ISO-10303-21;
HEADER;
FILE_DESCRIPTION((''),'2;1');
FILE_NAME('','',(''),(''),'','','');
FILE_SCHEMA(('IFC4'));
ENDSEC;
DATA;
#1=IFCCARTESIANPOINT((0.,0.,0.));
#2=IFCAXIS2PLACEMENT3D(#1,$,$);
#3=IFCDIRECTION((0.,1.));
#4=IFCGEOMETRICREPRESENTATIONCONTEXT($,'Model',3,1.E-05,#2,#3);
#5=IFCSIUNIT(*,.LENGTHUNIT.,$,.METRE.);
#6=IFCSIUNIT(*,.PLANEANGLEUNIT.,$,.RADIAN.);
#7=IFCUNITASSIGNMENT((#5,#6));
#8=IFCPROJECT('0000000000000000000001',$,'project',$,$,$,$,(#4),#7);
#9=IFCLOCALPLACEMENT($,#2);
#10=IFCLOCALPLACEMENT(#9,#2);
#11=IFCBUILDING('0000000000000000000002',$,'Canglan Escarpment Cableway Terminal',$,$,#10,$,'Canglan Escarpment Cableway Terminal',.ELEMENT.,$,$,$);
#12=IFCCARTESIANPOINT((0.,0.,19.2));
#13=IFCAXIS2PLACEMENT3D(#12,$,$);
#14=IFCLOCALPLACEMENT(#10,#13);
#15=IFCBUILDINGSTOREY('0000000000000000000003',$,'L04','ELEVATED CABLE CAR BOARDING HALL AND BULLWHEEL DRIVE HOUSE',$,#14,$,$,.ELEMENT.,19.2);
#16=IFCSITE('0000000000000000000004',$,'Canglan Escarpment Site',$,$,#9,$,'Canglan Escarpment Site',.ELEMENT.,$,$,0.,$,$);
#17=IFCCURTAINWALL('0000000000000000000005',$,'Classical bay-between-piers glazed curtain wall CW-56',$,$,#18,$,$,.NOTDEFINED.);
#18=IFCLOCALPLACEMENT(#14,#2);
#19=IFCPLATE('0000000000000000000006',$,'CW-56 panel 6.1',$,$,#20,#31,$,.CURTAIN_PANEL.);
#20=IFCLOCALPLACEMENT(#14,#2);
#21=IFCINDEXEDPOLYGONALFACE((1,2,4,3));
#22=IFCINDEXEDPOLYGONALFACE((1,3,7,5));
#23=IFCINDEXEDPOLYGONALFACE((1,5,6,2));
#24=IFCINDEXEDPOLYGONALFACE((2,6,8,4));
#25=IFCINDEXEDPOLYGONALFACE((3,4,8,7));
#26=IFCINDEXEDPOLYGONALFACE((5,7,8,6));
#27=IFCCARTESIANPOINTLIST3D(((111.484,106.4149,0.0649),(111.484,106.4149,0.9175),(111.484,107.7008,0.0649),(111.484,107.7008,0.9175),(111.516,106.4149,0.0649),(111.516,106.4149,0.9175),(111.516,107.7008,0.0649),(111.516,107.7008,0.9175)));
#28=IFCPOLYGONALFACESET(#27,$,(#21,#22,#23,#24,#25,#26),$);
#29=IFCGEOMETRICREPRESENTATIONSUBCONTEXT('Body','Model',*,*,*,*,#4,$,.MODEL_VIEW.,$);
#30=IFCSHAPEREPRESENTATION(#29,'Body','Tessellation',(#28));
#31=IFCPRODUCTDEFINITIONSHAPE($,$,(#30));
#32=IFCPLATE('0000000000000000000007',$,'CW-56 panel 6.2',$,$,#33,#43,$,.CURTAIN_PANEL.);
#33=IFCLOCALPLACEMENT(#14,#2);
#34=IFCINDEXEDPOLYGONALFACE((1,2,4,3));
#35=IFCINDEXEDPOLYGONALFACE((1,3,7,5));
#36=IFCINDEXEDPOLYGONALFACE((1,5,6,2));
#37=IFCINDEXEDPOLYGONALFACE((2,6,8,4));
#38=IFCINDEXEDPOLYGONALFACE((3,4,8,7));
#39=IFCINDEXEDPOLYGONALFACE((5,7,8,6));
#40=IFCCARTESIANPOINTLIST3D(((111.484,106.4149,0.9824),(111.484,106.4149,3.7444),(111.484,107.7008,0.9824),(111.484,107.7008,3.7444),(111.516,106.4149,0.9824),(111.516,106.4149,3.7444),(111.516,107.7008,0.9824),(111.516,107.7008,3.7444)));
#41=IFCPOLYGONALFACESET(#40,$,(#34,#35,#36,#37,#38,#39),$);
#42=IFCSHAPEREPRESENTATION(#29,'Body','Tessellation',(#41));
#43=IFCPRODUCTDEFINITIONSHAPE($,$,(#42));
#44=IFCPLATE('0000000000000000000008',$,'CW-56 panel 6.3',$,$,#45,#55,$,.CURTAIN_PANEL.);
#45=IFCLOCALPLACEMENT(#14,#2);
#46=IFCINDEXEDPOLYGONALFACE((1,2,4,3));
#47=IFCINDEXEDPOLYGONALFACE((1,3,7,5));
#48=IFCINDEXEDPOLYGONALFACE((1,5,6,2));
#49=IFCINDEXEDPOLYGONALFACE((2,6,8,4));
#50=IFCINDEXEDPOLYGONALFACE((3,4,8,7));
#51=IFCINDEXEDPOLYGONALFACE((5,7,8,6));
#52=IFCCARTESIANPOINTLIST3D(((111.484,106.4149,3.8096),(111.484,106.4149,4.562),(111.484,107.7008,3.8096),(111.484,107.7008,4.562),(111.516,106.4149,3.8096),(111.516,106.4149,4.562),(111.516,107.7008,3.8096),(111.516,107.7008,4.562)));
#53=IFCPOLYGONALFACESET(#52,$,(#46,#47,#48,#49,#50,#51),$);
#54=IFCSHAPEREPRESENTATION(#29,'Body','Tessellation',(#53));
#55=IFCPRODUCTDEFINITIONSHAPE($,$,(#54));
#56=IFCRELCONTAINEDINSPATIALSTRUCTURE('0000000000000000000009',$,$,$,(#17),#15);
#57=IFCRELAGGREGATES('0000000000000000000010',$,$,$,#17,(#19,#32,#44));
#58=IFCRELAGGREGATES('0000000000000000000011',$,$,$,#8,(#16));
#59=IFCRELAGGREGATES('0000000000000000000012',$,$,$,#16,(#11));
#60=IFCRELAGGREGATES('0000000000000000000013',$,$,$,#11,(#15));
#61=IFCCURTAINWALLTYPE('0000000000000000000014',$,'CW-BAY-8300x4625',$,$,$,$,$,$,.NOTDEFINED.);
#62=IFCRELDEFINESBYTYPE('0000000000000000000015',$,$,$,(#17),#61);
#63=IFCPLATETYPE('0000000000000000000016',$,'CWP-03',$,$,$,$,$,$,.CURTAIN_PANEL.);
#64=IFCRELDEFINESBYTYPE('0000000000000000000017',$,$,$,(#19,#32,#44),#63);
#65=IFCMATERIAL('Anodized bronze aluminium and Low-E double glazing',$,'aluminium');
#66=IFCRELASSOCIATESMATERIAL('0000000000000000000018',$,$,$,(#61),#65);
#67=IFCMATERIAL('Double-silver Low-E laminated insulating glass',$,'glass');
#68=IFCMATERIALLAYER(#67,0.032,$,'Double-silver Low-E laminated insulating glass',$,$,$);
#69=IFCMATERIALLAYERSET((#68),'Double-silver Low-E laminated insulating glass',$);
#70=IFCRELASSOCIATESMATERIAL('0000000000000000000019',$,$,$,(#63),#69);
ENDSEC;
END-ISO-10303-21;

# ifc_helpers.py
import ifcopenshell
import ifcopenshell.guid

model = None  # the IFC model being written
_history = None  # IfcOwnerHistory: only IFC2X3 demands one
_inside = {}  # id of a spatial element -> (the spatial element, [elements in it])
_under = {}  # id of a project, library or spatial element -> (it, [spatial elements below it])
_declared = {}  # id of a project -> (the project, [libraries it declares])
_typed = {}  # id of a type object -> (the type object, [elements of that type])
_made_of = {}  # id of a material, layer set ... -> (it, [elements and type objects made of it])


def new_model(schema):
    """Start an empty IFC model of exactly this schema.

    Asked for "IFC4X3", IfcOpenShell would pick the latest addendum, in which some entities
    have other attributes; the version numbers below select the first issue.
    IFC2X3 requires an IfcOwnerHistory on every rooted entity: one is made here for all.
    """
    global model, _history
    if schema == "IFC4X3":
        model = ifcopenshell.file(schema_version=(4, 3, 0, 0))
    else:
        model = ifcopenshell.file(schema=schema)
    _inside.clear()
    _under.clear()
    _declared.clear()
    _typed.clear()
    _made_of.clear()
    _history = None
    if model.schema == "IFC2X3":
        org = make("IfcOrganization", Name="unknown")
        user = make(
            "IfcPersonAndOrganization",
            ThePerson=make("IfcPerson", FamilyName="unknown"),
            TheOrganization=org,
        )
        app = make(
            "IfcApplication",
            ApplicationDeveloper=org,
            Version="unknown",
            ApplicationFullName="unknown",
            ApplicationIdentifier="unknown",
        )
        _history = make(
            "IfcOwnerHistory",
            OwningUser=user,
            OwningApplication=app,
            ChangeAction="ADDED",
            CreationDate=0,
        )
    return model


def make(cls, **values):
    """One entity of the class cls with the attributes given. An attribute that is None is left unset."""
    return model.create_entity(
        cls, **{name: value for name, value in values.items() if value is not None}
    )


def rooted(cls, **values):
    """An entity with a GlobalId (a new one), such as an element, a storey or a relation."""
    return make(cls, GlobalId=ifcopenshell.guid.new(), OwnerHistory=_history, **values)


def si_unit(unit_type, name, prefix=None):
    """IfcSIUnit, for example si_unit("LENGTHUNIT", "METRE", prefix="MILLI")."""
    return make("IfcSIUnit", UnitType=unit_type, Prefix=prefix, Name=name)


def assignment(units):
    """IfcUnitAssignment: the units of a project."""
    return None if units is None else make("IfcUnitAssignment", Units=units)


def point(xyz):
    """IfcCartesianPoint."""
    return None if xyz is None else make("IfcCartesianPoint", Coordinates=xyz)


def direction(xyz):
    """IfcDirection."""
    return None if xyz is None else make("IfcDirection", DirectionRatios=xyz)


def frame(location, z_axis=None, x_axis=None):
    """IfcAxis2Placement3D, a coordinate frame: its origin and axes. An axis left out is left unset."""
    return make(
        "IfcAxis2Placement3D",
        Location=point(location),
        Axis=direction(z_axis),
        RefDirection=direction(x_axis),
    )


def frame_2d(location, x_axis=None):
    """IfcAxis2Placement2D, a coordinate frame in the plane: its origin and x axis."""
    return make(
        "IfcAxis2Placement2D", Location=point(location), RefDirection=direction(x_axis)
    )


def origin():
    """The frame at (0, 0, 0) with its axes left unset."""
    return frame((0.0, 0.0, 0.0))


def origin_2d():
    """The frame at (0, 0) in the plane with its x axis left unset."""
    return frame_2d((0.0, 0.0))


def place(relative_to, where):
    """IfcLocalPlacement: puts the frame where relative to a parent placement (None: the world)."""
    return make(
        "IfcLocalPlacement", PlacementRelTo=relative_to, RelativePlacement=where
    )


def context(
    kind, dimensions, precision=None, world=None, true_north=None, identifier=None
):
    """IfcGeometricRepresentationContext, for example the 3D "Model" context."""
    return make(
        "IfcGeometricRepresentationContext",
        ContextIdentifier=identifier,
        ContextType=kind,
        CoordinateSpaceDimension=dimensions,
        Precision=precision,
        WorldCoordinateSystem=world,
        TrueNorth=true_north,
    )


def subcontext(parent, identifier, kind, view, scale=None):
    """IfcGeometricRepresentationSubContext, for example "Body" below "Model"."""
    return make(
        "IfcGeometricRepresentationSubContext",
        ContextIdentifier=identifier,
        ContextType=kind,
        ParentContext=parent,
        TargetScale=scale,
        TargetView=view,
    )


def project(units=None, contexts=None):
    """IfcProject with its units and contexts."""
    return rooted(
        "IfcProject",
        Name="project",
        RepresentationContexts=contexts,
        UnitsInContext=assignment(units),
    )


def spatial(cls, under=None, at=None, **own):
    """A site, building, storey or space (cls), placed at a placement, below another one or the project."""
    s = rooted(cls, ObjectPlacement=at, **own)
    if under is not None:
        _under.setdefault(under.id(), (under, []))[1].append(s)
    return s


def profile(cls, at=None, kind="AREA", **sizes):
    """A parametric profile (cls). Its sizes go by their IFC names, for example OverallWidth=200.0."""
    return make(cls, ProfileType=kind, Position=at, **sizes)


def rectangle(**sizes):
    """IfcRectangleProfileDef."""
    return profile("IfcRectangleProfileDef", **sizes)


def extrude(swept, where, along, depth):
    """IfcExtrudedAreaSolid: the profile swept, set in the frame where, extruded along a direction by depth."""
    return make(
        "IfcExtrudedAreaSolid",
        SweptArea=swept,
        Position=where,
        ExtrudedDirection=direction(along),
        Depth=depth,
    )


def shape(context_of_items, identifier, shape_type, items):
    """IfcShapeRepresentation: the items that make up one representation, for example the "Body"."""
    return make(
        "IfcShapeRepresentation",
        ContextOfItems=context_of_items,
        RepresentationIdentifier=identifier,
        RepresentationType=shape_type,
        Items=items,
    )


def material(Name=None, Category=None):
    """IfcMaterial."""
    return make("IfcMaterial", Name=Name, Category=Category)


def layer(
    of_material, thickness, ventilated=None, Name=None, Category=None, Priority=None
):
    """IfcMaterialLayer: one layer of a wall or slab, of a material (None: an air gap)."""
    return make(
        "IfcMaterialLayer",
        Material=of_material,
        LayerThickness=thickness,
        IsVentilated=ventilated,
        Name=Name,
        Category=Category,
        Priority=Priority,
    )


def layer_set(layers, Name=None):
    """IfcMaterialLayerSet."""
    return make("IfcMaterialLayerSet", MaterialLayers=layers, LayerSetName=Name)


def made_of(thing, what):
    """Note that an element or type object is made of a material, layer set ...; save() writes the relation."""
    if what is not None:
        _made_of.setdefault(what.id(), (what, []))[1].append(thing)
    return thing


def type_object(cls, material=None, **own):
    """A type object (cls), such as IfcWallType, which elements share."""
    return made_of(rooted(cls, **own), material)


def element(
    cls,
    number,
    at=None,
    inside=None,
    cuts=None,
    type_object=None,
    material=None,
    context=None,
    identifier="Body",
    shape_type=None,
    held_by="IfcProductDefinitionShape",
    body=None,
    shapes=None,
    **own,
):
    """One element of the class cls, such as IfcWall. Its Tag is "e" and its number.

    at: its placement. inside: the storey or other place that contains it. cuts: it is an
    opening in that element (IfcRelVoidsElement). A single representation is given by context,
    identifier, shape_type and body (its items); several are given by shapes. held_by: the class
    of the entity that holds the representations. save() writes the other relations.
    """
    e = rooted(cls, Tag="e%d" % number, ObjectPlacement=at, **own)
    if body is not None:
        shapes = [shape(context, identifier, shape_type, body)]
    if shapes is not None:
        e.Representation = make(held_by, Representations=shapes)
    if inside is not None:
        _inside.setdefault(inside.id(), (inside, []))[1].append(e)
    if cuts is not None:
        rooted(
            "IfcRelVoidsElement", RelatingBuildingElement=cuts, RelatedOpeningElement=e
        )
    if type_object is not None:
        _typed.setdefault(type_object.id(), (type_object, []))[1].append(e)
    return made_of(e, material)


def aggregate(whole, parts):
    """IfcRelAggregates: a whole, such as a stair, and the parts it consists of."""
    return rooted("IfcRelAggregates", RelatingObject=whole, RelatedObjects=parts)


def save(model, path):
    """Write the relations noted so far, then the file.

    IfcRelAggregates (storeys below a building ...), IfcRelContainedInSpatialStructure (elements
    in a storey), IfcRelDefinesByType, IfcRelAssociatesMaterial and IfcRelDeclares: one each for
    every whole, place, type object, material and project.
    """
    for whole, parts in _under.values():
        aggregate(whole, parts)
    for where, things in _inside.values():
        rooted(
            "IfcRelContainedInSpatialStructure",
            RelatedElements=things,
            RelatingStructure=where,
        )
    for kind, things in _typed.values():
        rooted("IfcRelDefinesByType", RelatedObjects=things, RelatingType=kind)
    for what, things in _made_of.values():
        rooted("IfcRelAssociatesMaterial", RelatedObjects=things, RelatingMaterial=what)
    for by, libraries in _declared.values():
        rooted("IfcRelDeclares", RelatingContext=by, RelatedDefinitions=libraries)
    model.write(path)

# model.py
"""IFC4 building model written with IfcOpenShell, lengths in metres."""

from ifc_helpers import new_model, si_unit, direction, frame, origin, origin_2d, place, context, subcontext, project, spatial, rectangle, extrude, material, layer, layer_set, type_object, element, aggregate, save


model = new_model("IFC4")

# Units and contexts
model_context = context("Model", 3, precision=1e-05, world=origin(), true_north=direction((0.0, 1.0)))
body_context = subcontext(model_context, "Body", "Model", "MODEL_VIEW")
ifc_project = project(units=[si_unit("LENGTHUNIT", "METRE"), si_unit("PLANEANGLEUNIT", "RADIAN")], contexts=[model_context])

# Site, building, storey
site_placement = place(None, origin())
site = spatial("IfcSite", under=ifc_project, at=site_placement, Name="Canglan Escarpment Site", LongName="Canglan Escarpment Site", CompositionType="ELEMENT", RefElevation=0.0)
building_placement = place(site_placement, origin())
building = spatial("IfcBuilding", under=site, at=building_placement, Name="Canglan Escarpment Cableway Terminal", LongName="Canglan Escarpment Cableway Terminal", CompositionType="ELEMENT")
storey_placement = place(building_placement, frame((0.0, 0.0, 19.2)))
storey = spatial("IfcBuildingStorey", under=building, at=storey_placement, Name="L04", Description="ELEVATED CABLE CAR BOARDING HALL AND BULLWHEEL DRIVE HOUSE", CompositionType="ELEMENT", Elevation=19.2)

# Curtain wall
ifc_material_1 = material(Name="Anodized bronze aluminium and Low-E double glazing", Category="aluminium")
curtain_wall_type = type_object("IfcCurtainWallType", Name="CW-BAY-8300x4625", PredefinedType="NOTDEFINED", material=ifc_material_1)
curtain_wall_1_placement = place(storey_placement, origin())
curtain_wall_1 = element("IfcCurtainWall", 1, at=curtain_wall_1_placement, inside=storey, type_object=curtain_wall_type, Name="Classical bay-between-piers glazed curtain wall CW-56", PredefinedType="NOTDEFINED")

# Plates
ifc_material_2 = material(Name="Double-silver Low-E laminated insulating glass", Category="glass")
ifc_layer = layer(ifc_material_2, 0.032, Name="Double-silver Low-E laminated insulating glass")
ifc_layer_set = layer_set([ifc_layer], Name="Double-silver Low-E laminated insulating glass")
plate_type = type_object("IfcPlateType", Name="CWP-03", PredefinedType="CURTAIN_PANEL", material=ifc_layer_set)
plate_1_placement = place(storey_placement, frame((111.5, 107.0579, 0.0649), z_axis=(0.0, 0.0, 1.0), x_axis=(0.0, -1.0, 0.0)))
plate_1 = element("IfcPlate", 2, at=plate_1_placement, type_object=plate_type, Name="CW-56 panel 6.1", PredefinedType="CURTAIN_PANEL", context=body_context, shape_type="SweptSolid", body=[
    extrude(rectangle(XDim=1.2859, YDim=0.032, at=origin_2d()), origin(), (0.0, 0.0, 1.0), 0.8525),
])
plate_2_placement = place(storey_placement, frame((111.5, 107.0579, 0.9824), z_axis=(0.0, 0.0, 1.0), x_axis=(0.0, -1.0, 0.0)))
plate_2 = element("IfcPlate", 3, at=plate_2_placement, type_object=plate_type, Name="CW-56 panel 6.2", PredefinedType="CURTAIN_PANEL", context=body_context, shape_type="SweptSolid", body=[
    extrude(rectangle(XDim=1.2859, YDim=0.032, at=origin_2d()), origin(), (0.0, 0.0, 1.0), 2.762),
])
plate_3_placement = place(storey_placement, frame((111.5, 107.0579, 3.8096), z_axis=(0.0, 0.0, 1.0), x_axis=(0.0, -1.0, 0.0)))
plate_3 = element("IfcPlate", 4, at=plate_3_placement, type_object=plate_type, Name="CW-56 panel 6.3", PredefinedType="CURTAIN_PANEL", context=body_context, shape_type="SweptSolid", body=[
    extrude(rectangle(XDim=1.2859, YDim=0.032, at=origin_2d()), origin(), (0.0, 0.0, 1.0), 0.7524),
])
aggregate(curtain_wall_1, [plate_1, plate_2, plate_3])

save(model, "model.ifc")
